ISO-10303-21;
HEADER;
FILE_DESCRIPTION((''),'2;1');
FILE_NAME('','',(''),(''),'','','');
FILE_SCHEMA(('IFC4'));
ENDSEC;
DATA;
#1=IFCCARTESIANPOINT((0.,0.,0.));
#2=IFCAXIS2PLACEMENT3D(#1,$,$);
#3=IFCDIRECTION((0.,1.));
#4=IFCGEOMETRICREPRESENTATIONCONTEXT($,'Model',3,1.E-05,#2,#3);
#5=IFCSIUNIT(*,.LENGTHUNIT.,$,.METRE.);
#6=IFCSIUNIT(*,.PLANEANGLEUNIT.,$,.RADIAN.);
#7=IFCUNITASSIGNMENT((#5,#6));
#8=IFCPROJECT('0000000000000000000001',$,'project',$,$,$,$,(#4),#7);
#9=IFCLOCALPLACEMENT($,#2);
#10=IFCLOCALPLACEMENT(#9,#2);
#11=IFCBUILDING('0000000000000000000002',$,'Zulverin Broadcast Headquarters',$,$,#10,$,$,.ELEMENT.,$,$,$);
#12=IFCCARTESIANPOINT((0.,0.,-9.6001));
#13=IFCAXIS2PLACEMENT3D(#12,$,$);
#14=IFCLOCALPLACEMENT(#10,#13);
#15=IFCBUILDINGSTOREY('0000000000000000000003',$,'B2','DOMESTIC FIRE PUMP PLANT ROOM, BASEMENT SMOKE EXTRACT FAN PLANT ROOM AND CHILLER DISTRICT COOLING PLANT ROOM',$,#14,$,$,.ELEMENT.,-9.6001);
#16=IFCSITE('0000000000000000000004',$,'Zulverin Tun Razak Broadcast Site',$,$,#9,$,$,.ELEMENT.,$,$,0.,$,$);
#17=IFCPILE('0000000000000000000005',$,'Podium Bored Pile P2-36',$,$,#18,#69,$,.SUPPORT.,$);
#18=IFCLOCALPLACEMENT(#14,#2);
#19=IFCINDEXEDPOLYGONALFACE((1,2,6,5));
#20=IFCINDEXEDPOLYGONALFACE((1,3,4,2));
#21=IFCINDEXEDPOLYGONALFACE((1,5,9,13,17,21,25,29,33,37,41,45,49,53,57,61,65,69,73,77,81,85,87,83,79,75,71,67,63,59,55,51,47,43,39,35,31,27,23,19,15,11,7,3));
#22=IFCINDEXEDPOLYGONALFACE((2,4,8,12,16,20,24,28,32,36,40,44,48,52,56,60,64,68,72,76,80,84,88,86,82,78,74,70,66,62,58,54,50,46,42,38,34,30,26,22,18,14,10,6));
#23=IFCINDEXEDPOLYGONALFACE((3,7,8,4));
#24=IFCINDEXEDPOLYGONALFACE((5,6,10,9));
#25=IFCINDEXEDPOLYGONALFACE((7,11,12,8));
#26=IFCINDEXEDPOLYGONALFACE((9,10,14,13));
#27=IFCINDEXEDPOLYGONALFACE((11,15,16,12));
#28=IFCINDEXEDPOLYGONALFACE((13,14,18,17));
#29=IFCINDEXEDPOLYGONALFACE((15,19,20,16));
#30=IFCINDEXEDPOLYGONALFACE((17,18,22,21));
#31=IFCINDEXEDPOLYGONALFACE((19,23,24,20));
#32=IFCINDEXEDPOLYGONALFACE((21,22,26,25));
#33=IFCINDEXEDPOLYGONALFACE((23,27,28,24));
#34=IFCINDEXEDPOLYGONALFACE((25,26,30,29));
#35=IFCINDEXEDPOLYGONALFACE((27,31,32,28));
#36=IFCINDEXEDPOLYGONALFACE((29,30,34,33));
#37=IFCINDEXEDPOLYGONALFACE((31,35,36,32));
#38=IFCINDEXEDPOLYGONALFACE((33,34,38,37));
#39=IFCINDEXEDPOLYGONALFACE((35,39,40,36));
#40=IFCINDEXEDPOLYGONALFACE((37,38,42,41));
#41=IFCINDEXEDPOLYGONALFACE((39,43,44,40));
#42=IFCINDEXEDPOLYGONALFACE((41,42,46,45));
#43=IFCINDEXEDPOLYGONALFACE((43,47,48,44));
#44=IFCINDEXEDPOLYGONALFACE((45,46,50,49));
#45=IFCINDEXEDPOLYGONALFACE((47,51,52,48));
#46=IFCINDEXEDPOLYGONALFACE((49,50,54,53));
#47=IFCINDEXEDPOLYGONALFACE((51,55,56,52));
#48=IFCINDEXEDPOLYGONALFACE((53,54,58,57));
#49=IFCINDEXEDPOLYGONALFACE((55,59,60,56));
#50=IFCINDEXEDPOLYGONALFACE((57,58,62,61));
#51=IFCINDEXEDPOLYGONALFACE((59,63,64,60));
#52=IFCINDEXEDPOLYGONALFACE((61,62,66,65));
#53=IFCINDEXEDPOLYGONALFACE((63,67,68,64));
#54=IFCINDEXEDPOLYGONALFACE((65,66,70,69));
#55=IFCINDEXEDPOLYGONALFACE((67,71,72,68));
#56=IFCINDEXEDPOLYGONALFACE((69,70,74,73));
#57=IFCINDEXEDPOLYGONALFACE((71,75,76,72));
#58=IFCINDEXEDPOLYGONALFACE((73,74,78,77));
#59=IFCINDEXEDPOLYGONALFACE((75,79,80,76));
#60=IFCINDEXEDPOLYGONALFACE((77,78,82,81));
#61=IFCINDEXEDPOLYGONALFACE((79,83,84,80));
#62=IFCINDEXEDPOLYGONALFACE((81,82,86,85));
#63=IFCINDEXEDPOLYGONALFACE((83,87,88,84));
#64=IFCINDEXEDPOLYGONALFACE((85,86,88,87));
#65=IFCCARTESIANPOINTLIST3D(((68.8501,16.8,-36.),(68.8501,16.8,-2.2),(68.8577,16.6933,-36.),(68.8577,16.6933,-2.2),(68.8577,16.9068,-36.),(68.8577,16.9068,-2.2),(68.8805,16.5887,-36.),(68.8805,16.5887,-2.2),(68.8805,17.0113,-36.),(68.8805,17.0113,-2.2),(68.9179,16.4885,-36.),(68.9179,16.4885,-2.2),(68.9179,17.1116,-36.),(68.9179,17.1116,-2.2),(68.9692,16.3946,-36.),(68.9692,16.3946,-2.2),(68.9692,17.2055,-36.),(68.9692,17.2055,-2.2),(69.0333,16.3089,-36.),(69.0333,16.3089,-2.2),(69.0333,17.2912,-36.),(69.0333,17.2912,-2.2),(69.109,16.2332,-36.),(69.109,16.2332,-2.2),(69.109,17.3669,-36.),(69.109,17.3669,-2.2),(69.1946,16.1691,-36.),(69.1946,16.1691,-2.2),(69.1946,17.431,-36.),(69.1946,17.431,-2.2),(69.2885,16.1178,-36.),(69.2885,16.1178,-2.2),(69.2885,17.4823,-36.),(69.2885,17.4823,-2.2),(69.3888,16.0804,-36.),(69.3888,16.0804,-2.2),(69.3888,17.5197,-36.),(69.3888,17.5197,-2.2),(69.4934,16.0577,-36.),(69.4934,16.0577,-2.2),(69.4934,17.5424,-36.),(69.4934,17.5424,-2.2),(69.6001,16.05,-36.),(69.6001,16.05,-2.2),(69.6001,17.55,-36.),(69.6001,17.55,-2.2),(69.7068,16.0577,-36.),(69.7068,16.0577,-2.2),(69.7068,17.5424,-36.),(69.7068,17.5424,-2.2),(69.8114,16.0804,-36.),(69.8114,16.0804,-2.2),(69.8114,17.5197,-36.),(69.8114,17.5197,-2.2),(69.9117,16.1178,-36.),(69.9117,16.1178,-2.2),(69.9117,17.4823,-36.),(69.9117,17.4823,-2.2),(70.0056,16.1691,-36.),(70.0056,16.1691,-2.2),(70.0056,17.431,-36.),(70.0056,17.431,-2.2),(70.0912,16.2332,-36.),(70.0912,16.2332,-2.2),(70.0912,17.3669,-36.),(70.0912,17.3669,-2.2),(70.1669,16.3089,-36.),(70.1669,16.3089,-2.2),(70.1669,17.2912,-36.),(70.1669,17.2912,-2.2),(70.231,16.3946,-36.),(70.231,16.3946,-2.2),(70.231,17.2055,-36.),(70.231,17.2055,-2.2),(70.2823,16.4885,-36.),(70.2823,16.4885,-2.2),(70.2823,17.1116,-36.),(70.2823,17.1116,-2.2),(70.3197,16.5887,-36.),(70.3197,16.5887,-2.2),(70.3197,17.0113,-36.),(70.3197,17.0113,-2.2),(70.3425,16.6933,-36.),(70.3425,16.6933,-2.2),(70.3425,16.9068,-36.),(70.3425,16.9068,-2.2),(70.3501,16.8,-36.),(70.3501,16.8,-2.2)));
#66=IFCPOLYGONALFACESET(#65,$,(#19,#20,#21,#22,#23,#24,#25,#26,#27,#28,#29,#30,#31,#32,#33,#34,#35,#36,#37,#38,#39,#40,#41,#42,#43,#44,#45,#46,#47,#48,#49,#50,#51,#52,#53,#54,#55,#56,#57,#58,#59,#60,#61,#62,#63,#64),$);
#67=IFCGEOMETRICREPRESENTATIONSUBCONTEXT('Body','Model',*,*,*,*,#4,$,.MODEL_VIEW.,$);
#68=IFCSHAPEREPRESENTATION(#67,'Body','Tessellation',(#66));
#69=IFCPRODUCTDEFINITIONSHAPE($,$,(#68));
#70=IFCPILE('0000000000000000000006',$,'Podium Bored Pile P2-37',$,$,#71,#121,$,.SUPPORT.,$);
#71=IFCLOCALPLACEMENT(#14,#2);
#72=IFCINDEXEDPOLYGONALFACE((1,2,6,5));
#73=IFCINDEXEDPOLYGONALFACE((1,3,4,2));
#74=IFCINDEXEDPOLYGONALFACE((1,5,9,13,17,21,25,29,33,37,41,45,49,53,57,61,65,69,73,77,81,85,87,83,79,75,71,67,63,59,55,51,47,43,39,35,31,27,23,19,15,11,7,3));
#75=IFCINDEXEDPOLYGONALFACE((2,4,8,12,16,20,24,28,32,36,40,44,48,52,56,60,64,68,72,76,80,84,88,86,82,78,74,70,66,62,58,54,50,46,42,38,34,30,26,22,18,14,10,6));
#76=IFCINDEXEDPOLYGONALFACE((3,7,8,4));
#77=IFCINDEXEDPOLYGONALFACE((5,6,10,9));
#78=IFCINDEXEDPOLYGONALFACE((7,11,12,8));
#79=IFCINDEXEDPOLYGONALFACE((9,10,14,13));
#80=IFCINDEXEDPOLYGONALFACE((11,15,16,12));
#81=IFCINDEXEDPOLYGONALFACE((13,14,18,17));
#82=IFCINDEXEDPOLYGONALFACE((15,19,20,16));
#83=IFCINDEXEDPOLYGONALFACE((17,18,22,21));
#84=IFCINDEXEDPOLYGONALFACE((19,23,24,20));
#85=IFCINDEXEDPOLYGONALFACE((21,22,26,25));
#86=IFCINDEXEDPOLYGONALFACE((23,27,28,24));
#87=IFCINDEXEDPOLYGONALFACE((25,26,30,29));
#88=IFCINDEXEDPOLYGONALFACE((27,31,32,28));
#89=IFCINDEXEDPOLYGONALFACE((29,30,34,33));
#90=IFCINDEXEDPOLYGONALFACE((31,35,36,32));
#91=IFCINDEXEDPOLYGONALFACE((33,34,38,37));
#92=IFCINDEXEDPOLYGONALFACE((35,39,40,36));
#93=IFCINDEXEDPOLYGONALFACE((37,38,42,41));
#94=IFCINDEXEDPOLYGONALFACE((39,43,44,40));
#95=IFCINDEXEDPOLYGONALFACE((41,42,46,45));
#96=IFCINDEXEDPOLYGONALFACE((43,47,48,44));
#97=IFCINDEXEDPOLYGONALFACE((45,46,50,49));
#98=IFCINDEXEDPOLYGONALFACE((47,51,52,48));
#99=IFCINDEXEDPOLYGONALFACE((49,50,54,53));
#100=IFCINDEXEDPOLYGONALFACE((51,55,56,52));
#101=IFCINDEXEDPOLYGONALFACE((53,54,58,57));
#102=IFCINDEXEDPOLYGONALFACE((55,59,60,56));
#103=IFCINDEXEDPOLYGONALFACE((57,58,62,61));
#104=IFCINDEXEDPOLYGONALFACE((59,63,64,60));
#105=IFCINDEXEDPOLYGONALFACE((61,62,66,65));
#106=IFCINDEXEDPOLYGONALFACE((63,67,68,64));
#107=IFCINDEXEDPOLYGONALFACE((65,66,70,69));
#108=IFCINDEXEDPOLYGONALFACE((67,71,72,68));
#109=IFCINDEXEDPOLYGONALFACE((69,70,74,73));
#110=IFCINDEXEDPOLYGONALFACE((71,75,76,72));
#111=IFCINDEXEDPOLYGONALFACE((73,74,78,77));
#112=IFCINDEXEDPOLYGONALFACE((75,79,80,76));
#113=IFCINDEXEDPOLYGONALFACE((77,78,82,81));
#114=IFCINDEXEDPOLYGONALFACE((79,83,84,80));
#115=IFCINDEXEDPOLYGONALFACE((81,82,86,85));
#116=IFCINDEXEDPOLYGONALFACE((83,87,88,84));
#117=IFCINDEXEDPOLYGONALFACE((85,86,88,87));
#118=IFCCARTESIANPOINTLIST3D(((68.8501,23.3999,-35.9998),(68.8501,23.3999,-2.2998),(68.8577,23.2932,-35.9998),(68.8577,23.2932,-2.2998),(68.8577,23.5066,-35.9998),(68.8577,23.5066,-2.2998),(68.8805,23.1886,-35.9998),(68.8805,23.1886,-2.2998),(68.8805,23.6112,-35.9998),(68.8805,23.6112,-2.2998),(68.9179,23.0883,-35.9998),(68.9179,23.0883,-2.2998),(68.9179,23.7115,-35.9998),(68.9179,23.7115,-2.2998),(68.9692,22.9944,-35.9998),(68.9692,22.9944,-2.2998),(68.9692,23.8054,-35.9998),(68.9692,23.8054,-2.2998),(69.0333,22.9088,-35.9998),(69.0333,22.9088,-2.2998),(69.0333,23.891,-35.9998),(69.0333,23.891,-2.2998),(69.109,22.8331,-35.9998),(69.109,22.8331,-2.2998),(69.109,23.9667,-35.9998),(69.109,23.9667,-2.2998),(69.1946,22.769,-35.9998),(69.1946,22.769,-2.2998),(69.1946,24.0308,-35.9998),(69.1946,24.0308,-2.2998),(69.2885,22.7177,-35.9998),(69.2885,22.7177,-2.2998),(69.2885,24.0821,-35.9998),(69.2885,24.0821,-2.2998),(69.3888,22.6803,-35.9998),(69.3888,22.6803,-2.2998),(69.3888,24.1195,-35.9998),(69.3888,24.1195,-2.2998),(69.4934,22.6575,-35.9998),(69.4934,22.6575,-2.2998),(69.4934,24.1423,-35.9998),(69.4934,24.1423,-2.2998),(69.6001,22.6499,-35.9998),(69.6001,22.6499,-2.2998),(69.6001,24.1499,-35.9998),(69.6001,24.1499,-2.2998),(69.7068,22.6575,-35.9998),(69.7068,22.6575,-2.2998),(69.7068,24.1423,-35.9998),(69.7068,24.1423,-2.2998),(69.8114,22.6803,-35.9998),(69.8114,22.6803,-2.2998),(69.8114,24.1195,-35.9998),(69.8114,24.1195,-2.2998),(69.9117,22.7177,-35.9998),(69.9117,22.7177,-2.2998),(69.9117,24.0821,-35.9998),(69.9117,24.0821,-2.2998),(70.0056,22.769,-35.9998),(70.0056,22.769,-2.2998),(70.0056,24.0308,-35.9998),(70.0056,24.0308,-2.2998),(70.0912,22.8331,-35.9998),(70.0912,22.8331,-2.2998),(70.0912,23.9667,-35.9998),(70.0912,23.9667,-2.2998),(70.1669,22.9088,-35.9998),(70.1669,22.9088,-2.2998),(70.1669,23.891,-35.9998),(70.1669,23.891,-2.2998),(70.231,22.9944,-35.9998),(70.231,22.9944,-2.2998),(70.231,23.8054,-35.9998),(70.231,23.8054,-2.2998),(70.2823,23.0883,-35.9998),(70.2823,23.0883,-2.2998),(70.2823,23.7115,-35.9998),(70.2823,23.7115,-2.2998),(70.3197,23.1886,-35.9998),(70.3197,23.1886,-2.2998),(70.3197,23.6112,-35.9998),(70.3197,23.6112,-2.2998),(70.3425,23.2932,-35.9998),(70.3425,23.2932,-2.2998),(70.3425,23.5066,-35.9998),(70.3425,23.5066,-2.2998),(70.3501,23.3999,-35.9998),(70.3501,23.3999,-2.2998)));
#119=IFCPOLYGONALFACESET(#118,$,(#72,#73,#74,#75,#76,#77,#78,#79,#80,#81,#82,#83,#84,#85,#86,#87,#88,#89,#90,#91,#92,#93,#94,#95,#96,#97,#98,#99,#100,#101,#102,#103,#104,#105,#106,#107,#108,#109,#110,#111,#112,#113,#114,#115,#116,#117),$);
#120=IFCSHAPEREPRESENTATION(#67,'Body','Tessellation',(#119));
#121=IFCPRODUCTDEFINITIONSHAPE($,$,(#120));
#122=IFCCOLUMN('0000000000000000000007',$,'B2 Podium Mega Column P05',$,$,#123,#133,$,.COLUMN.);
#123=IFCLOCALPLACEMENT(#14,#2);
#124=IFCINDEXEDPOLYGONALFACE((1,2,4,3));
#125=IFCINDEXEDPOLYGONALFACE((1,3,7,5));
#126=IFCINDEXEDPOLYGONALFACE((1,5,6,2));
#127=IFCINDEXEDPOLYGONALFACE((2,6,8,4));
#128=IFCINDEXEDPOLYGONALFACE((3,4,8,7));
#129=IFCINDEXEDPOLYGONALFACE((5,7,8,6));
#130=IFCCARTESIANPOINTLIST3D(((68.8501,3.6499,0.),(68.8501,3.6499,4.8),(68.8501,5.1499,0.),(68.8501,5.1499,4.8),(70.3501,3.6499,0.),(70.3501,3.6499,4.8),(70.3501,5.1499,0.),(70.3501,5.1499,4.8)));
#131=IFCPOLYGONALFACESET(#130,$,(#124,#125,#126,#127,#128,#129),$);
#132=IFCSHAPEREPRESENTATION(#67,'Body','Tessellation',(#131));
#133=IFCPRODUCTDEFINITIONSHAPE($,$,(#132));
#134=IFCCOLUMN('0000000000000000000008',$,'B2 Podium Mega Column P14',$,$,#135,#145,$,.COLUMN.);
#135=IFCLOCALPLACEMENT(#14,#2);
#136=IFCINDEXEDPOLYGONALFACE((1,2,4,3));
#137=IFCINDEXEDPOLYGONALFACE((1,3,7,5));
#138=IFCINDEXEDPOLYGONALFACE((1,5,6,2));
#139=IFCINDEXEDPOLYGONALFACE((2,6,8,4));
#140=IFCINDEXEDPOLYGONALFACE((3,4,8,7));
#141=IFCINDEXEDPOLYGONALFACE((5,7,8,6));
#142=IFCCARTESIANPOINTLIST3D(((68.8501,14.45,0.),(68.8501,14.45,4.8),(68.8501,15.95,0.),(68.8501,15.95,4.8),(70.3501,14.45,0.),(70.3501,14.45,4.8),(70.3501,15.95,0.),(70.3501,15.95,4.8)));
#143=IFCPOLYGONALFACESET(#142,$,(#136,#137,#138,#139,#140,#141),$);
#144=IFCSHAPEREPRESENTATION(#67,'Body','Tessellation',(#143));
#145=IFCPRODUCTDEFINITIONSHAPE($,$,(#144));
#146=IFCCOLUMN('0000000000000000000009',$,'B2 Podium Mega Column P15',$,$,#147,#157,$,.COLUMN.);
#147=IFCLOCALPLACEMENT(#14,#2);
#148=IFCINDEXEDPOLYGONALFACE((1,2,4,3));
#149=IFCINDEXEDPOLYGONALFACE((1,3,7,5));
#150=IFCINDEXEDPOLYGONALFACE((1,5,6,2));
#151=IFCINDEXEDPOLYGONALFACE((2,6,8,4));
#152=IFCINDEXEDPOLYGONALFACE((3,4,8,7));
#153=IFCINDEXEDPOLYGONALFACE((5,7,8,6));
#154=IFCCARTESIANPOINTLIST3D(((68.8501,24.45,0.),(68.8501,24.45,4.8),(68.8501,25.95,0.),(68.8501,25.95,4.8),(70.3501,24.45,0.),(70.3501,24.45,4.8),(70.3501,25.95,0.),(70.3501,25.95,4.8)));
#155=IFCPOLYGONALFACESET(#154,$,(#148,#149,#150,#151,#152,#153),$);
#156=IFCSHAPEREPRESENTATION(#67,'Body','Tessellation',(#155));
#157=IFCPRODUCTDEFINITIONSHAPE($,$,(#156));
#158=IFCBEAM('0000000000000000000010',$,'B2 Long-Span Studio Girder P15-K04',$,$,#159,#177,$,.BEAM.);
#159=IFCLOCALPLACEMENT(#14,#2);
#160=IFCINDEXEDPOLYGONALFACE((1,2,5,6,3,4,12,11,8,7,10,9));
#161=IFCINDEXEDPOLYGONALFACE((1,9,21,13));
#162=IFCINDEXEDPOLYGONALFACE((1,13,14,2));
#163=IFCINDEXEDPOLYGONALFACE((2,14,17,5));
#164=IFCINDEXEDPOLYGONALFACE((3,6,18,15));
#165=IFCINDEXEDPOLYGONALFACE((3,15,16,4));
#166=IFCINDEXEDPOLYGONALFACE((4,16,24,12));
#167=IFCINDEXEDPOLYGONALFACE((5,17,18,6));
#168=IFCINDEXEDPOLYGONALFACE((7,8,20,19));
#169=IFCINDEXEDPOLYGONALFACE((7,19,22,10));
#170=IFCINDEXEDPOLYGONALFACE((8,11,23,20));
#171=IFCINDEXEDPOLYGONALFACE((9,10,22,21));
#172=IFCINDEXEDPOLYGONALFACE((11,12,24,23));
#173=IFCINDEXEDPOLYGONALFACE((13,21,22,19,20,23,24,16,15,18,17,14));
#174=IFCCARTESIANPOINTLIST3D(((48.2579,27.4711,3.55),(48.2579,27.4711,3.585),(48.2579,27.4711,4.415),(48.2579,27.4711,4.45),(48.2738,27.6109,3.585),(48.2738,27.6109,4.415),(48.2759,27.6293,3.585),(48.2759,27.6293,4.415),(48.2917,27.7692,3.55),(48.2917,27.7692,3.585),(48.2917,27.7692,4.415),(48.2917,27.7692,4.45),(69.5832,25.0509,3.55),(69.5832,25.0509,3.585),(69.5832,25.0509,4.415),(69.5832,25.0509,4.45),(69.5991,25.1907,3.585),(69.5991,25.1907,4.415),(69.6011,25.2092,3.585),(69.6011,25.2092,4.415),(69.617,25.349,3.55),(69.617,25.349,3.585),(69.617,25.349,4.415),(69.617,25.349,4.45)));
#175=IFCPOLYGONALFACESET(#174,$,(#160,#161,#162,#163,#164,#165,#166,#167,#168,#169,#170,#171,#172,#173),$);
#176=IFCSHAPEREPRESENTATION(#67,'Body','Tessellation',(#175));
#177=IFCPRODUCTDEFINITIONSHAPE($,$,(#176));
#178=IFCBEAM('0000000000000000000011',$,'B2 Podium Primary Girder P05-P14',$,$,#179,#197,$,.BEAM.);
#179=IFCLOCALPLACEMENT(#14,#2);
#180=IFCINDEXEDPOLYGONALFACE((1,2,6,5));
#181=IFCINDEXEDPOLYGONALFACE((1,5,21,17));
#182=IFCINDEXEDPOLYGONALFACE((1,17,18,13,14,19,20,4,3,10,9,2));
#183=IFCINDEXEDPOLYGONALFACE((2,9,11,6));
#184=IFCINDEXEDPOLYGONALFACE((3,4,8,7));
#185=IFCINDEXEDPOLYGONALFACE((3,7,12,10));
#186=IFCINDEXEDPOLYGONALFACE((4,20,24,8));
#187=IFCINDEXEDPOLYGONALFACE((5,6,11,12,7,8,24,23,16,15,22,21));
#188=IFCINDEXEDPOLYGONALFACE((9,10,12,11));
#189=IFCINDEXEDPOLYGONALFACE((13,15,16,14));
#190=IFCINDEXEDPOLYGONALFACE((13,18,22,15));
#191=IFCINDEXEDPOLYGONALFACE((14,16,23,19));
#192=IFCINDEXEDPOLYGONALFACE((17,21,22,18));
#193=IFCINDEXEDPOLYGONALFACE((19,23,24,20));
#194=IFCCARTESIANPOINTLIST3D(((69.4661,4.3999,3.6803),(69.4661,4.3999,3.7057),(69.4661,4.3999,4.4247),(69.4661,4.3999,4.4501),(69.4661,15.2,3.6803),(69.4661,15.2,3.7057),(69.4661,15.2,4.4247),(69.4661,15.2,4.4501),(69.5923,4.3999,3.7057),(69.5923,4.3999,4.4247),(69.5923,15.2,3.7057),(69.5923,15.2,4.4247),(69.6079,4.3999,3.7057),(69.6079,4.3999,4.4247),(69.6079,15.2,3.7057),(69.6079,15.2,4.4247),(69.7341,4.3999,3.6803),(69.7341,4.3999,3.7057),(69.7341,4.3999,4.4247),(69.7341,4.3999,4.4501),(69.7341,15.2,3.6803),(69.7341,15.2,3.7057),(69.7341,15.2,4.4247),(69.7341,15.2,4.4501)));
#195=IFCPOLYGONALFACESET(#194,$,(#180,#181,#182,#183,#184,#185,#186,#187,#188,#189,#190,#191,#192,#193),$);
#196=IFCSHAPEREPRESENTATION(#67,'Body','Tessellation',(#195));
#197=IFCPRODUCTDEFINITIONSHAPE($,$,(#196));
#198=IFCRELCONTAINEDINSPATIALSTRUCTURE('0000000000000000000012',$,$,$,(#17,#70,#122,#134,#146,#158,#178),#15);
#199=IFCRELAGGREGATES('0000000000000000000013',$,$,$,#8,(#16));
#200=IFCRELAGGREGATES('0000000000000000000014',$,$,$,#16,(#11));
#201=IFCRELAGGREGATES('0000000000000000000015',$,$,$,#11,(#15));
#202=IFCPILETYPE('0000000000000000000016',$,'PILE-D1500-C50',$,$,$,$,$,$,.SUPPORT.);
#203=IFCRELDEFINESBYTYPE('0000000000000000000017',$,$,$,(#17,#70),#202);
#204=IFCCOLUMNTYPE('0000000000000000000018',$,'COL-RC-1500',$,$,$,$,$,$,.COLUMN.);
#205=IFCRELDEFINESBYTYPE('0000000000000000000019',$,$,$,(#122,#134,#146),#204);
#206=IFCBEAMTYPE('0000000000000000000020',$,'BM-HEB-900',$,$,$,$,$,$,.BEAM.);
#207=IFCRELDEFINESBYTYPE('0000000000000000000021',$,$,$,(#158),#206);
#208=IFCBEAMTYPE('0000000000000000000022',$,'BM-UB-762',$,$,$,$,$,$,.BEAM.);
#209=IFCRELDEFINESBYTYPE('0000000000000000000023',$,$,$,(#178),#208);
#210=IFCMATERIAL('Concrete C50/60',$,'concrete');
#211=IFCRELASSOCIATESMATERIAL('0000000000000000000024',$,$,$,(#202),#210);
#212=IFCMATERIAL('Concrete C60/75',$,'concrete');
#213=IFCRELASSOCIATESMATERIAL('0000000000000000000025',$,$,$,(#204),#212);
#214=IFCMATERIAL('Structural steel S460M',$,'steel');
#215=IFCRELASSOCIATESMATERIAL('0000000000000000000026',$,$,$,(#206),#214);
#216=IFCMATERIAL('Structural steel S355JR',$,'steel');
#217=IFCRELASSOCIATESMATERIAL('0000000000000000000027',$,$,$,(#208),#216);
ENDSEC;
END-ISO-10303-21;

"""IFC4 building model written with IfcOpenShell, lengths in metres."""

from ifc_helpers import new_model, si_unit, direction, frame, origin, origin_2d, place, context, subcontext, project, spatial, rectangle, circle, i_section, extrude, material, material_profile, profile_set, type_object, element, save


model = new_model("IFC4")

# Units and contexts
model_context = context("Model", 3, precision=1e-05, world=origin(), true_north=direction((0.0, 1.0)))
body_context = subcontext(model_context, "Body", "Model", "MODEL_VIEW")
ifc_project = project(units=[si_unit("LENGTHUNIT", "METRE"), si_unit("PLANEANGLEUNIT", "RADIAN")], contexts=[model_context])

# Site, building, storey
site_placement = place(None, origin())
site = spatial("IfcSite", under=ifc_project, at=site_placement, Name="Zulverin Tun Razak Broadcast Site", CompositionType="ELEMENT", RefElevation=0.0)
building_placement = place(site_placement, origin())
building = spatial("IfcBuilding", under=site, at=building_placement, Name="Zulverin Broadcast Headquarters", CompositionType="ELEMENT")
storey_placement = place(building_placement, frame((0.0, 0.0, -9.6001)))
storey = spatial("IfcBuildingStorey", under=building, at=storey_placement, Name="B2", Description="DOMESTIC FIRE PUMP PLANT ROOM, BASEMENT SMOKE EXTRACT FAN PLANT ROOM AND CHILLER DISTRICT COOLING PLANT ROOM", CompositionType="ELEMENT", Elevation=-9.6001)

# Shared definitions
ifc_material_1 = material(Name="Concrete C50/60", Category="concrete")

# Piles
ifc_material_profile_1 = material_profile(ifc_material_1, circle(Radius=0.75, at=origin_2d()), Name="Concrete C50/60", Category="concrete")
ifc_profile_set_1 = profile_set([ifc_material_profile_1], Name="Concrete C50/60")
pile_type = type_object("IfcPileType", Name="PILE-D1500-C50", PredefinedType="SUPPORT", material=ifc_profile_set_1)
for number, where, z_axis, x_axis, name in (
    (1, (69.6001, 16.8, -2.2), (0.0, 0.0, -1.0), (1.0, 0.0, 0.0), "Podium Bored Pile P2-36"),
):
    element("IfcPile", number, at=place(storey_placement, frame(where, z_axis=z_axis, x_axis=x_axis)), inside=storey, type_object=pile_type, Name=name, PredefinedType="SUPPORT", context=body_context, shape_type="SweptSolid", body=[
        extrude(circle(Radius=0.75, at=origin_2d()), origin(), (0.0, 0.0, 1.0), 33.8),
    ])
pile_placement = place(storey_placement, frame((69.6001, 23.3999, -2.2998), z_axis=(0.0, 0.0, -1.0), x_axis=(1.0, 0.0, 0.0)))
element("IfcPile", 2, at=pile_placement, inside=storey, type_object=pile_type, Name="Podium Bored Pile P2-37", PredefinedType="SUPPORT", context=body_context, shape_type="SweptSolid", body=[
    extrude(circle(Radius=0.75, at=origin_2d()), origin(), (0.0, 0.0, 1.0), 33.7),
])

# Columns
ifc_material_2 = material(Name="Concrete C60/75", Category="concrete")
ifc_material_profile_2 = material_profile(ifc_material_2, rectangle(XDim=1.5, YDim=1.5, at=origin_2d()), Name="Concrete C60/75", Category="concrete")
ifc_profile_set_2 = profile_set([ifc_material_profile_2], Name="Concrete C60/75")
column_type = type_object("IfcColumnType", Name="COL-RC-1500", PredefinedType="COLUMN", material=ifc_profile_set_2)
for number, where, z_axis, x_axis, name in (
    (3, (69.6001, 4.3999, 0.0), (0.0, 0.0, 1.0), (1.0, 0.0, 0.0), "B2 Podium Mega Column P05"),
    (4, (69.6001, 15.2, 0.0), (0.0, 0.0, 1.0), (1.0, 0.0, 0.0), "B2 Podium Mega Column P14"),
    (5, (69.6001, 25.2, 0.0), (0.0, 0.0, 1.0), (1.0, 0.0, 0.0), "B2 Podium Mega Column P15"),
):
    element("IfcColumn", number, at=place(storey_placement, frame(where, z_axis=z_axis, x_axis=x_axis)), inside=storey, type_object=column_type, Name=name, PredefinedType="COLUMN", context=body_context, shape_type="SweptSolid", body=[
        extrude(rectangle(XDim=1.5, YDim=1.5, at=origin_2d()), origin(), (0.0, 0.0, 1.0), 4.8),
    ])

# Beams
ifc_material_3 = material(Name="Structural steel S460M", Category="steel")
ifc_material_profile_3 = material_profile(ifc_material_3, i_section(OverallWidth=0.3, OverallDepth=0.8999, WebThickness=0.0186, FlangeThickness=0.0349, at=origin_2d()), Name="Structural steel S460M", Category="steel")
ifc_profile_set_3 = profile_set([ifc_material_profile_3], Name="Structural steel S460M")
beam_type_1 = type_object("IfcBeamType", Name="BM-HEB-900", PredefinedType="BEAM", material=ifc_profile_set_3)
beam_1_placement = place(storey_placement, frame((69.6001, 25.2, 4.0), z_axis=(-0.993622, 0.112765, 0.0), x_axis=(-0.112765, -0.993622, 0.0)))
element("IfcBeam", 6, at=beam_1_placement, inside=storey, type_object=beam_type_1, Name="B2 Long-Span Studio Girder P15-K04", PredefinedType="BEAM", context=body_context, shape_type="SweptSolid", body=[
    extrude(i_section(OverallWidth=0.3, OverallDepth=0.8999, WebThickness=0.0186, FlangeThickness=0.0349, at=origin_2d()), origin(), (0.0, 0.0, 1.0), 21.4622),
])
ifc_material_4 = material(Name="Structural steel S355JR", Category="steel")
ifc_material_profile_4 = material_profile(ifc_material_4, i_section(OverallWidth=0.2681, OverallDepth=0.7698, WebThickness=0.0156, FlangeThickness=0.0254, at=origin_2d()), Name="Structural steel S355JR", Category="steel")
ifc_profile_set_4 = profile_set([ifc_material_profile_4], Name="Structural steel S355JR")
beam_type_2 = type_object("IfcBeamType", Name="BM-UB-762", PredefinedType="BEAM", material=ifc_profile_set_4)
beam_2_placement = place(storey_placement, frame((69.6001, 4.3999, 4.0652), z_axis=(0.0, 1.0, 0.0), x_axis=(-1.0, 0.0, 0.0)))
element("IfcBeam", 7, at=beam_2_placement, inside=storey, type_object=beam_type_2, Name="B2 Podium Primary Girder P05-P14", PredefinedType="BEAM", context=body_context, shape_type="SweptSolid", body=[
    extrude(i_section(OverallWidth=0.2681, OverallDepth=0.7698, WebThickness=0.0156, FlangeThickness=0.0254, at=origin_2d()), origin(), (0.0, 0.0, 1.0), 10.8),
])

save(model, "model.ifc")
